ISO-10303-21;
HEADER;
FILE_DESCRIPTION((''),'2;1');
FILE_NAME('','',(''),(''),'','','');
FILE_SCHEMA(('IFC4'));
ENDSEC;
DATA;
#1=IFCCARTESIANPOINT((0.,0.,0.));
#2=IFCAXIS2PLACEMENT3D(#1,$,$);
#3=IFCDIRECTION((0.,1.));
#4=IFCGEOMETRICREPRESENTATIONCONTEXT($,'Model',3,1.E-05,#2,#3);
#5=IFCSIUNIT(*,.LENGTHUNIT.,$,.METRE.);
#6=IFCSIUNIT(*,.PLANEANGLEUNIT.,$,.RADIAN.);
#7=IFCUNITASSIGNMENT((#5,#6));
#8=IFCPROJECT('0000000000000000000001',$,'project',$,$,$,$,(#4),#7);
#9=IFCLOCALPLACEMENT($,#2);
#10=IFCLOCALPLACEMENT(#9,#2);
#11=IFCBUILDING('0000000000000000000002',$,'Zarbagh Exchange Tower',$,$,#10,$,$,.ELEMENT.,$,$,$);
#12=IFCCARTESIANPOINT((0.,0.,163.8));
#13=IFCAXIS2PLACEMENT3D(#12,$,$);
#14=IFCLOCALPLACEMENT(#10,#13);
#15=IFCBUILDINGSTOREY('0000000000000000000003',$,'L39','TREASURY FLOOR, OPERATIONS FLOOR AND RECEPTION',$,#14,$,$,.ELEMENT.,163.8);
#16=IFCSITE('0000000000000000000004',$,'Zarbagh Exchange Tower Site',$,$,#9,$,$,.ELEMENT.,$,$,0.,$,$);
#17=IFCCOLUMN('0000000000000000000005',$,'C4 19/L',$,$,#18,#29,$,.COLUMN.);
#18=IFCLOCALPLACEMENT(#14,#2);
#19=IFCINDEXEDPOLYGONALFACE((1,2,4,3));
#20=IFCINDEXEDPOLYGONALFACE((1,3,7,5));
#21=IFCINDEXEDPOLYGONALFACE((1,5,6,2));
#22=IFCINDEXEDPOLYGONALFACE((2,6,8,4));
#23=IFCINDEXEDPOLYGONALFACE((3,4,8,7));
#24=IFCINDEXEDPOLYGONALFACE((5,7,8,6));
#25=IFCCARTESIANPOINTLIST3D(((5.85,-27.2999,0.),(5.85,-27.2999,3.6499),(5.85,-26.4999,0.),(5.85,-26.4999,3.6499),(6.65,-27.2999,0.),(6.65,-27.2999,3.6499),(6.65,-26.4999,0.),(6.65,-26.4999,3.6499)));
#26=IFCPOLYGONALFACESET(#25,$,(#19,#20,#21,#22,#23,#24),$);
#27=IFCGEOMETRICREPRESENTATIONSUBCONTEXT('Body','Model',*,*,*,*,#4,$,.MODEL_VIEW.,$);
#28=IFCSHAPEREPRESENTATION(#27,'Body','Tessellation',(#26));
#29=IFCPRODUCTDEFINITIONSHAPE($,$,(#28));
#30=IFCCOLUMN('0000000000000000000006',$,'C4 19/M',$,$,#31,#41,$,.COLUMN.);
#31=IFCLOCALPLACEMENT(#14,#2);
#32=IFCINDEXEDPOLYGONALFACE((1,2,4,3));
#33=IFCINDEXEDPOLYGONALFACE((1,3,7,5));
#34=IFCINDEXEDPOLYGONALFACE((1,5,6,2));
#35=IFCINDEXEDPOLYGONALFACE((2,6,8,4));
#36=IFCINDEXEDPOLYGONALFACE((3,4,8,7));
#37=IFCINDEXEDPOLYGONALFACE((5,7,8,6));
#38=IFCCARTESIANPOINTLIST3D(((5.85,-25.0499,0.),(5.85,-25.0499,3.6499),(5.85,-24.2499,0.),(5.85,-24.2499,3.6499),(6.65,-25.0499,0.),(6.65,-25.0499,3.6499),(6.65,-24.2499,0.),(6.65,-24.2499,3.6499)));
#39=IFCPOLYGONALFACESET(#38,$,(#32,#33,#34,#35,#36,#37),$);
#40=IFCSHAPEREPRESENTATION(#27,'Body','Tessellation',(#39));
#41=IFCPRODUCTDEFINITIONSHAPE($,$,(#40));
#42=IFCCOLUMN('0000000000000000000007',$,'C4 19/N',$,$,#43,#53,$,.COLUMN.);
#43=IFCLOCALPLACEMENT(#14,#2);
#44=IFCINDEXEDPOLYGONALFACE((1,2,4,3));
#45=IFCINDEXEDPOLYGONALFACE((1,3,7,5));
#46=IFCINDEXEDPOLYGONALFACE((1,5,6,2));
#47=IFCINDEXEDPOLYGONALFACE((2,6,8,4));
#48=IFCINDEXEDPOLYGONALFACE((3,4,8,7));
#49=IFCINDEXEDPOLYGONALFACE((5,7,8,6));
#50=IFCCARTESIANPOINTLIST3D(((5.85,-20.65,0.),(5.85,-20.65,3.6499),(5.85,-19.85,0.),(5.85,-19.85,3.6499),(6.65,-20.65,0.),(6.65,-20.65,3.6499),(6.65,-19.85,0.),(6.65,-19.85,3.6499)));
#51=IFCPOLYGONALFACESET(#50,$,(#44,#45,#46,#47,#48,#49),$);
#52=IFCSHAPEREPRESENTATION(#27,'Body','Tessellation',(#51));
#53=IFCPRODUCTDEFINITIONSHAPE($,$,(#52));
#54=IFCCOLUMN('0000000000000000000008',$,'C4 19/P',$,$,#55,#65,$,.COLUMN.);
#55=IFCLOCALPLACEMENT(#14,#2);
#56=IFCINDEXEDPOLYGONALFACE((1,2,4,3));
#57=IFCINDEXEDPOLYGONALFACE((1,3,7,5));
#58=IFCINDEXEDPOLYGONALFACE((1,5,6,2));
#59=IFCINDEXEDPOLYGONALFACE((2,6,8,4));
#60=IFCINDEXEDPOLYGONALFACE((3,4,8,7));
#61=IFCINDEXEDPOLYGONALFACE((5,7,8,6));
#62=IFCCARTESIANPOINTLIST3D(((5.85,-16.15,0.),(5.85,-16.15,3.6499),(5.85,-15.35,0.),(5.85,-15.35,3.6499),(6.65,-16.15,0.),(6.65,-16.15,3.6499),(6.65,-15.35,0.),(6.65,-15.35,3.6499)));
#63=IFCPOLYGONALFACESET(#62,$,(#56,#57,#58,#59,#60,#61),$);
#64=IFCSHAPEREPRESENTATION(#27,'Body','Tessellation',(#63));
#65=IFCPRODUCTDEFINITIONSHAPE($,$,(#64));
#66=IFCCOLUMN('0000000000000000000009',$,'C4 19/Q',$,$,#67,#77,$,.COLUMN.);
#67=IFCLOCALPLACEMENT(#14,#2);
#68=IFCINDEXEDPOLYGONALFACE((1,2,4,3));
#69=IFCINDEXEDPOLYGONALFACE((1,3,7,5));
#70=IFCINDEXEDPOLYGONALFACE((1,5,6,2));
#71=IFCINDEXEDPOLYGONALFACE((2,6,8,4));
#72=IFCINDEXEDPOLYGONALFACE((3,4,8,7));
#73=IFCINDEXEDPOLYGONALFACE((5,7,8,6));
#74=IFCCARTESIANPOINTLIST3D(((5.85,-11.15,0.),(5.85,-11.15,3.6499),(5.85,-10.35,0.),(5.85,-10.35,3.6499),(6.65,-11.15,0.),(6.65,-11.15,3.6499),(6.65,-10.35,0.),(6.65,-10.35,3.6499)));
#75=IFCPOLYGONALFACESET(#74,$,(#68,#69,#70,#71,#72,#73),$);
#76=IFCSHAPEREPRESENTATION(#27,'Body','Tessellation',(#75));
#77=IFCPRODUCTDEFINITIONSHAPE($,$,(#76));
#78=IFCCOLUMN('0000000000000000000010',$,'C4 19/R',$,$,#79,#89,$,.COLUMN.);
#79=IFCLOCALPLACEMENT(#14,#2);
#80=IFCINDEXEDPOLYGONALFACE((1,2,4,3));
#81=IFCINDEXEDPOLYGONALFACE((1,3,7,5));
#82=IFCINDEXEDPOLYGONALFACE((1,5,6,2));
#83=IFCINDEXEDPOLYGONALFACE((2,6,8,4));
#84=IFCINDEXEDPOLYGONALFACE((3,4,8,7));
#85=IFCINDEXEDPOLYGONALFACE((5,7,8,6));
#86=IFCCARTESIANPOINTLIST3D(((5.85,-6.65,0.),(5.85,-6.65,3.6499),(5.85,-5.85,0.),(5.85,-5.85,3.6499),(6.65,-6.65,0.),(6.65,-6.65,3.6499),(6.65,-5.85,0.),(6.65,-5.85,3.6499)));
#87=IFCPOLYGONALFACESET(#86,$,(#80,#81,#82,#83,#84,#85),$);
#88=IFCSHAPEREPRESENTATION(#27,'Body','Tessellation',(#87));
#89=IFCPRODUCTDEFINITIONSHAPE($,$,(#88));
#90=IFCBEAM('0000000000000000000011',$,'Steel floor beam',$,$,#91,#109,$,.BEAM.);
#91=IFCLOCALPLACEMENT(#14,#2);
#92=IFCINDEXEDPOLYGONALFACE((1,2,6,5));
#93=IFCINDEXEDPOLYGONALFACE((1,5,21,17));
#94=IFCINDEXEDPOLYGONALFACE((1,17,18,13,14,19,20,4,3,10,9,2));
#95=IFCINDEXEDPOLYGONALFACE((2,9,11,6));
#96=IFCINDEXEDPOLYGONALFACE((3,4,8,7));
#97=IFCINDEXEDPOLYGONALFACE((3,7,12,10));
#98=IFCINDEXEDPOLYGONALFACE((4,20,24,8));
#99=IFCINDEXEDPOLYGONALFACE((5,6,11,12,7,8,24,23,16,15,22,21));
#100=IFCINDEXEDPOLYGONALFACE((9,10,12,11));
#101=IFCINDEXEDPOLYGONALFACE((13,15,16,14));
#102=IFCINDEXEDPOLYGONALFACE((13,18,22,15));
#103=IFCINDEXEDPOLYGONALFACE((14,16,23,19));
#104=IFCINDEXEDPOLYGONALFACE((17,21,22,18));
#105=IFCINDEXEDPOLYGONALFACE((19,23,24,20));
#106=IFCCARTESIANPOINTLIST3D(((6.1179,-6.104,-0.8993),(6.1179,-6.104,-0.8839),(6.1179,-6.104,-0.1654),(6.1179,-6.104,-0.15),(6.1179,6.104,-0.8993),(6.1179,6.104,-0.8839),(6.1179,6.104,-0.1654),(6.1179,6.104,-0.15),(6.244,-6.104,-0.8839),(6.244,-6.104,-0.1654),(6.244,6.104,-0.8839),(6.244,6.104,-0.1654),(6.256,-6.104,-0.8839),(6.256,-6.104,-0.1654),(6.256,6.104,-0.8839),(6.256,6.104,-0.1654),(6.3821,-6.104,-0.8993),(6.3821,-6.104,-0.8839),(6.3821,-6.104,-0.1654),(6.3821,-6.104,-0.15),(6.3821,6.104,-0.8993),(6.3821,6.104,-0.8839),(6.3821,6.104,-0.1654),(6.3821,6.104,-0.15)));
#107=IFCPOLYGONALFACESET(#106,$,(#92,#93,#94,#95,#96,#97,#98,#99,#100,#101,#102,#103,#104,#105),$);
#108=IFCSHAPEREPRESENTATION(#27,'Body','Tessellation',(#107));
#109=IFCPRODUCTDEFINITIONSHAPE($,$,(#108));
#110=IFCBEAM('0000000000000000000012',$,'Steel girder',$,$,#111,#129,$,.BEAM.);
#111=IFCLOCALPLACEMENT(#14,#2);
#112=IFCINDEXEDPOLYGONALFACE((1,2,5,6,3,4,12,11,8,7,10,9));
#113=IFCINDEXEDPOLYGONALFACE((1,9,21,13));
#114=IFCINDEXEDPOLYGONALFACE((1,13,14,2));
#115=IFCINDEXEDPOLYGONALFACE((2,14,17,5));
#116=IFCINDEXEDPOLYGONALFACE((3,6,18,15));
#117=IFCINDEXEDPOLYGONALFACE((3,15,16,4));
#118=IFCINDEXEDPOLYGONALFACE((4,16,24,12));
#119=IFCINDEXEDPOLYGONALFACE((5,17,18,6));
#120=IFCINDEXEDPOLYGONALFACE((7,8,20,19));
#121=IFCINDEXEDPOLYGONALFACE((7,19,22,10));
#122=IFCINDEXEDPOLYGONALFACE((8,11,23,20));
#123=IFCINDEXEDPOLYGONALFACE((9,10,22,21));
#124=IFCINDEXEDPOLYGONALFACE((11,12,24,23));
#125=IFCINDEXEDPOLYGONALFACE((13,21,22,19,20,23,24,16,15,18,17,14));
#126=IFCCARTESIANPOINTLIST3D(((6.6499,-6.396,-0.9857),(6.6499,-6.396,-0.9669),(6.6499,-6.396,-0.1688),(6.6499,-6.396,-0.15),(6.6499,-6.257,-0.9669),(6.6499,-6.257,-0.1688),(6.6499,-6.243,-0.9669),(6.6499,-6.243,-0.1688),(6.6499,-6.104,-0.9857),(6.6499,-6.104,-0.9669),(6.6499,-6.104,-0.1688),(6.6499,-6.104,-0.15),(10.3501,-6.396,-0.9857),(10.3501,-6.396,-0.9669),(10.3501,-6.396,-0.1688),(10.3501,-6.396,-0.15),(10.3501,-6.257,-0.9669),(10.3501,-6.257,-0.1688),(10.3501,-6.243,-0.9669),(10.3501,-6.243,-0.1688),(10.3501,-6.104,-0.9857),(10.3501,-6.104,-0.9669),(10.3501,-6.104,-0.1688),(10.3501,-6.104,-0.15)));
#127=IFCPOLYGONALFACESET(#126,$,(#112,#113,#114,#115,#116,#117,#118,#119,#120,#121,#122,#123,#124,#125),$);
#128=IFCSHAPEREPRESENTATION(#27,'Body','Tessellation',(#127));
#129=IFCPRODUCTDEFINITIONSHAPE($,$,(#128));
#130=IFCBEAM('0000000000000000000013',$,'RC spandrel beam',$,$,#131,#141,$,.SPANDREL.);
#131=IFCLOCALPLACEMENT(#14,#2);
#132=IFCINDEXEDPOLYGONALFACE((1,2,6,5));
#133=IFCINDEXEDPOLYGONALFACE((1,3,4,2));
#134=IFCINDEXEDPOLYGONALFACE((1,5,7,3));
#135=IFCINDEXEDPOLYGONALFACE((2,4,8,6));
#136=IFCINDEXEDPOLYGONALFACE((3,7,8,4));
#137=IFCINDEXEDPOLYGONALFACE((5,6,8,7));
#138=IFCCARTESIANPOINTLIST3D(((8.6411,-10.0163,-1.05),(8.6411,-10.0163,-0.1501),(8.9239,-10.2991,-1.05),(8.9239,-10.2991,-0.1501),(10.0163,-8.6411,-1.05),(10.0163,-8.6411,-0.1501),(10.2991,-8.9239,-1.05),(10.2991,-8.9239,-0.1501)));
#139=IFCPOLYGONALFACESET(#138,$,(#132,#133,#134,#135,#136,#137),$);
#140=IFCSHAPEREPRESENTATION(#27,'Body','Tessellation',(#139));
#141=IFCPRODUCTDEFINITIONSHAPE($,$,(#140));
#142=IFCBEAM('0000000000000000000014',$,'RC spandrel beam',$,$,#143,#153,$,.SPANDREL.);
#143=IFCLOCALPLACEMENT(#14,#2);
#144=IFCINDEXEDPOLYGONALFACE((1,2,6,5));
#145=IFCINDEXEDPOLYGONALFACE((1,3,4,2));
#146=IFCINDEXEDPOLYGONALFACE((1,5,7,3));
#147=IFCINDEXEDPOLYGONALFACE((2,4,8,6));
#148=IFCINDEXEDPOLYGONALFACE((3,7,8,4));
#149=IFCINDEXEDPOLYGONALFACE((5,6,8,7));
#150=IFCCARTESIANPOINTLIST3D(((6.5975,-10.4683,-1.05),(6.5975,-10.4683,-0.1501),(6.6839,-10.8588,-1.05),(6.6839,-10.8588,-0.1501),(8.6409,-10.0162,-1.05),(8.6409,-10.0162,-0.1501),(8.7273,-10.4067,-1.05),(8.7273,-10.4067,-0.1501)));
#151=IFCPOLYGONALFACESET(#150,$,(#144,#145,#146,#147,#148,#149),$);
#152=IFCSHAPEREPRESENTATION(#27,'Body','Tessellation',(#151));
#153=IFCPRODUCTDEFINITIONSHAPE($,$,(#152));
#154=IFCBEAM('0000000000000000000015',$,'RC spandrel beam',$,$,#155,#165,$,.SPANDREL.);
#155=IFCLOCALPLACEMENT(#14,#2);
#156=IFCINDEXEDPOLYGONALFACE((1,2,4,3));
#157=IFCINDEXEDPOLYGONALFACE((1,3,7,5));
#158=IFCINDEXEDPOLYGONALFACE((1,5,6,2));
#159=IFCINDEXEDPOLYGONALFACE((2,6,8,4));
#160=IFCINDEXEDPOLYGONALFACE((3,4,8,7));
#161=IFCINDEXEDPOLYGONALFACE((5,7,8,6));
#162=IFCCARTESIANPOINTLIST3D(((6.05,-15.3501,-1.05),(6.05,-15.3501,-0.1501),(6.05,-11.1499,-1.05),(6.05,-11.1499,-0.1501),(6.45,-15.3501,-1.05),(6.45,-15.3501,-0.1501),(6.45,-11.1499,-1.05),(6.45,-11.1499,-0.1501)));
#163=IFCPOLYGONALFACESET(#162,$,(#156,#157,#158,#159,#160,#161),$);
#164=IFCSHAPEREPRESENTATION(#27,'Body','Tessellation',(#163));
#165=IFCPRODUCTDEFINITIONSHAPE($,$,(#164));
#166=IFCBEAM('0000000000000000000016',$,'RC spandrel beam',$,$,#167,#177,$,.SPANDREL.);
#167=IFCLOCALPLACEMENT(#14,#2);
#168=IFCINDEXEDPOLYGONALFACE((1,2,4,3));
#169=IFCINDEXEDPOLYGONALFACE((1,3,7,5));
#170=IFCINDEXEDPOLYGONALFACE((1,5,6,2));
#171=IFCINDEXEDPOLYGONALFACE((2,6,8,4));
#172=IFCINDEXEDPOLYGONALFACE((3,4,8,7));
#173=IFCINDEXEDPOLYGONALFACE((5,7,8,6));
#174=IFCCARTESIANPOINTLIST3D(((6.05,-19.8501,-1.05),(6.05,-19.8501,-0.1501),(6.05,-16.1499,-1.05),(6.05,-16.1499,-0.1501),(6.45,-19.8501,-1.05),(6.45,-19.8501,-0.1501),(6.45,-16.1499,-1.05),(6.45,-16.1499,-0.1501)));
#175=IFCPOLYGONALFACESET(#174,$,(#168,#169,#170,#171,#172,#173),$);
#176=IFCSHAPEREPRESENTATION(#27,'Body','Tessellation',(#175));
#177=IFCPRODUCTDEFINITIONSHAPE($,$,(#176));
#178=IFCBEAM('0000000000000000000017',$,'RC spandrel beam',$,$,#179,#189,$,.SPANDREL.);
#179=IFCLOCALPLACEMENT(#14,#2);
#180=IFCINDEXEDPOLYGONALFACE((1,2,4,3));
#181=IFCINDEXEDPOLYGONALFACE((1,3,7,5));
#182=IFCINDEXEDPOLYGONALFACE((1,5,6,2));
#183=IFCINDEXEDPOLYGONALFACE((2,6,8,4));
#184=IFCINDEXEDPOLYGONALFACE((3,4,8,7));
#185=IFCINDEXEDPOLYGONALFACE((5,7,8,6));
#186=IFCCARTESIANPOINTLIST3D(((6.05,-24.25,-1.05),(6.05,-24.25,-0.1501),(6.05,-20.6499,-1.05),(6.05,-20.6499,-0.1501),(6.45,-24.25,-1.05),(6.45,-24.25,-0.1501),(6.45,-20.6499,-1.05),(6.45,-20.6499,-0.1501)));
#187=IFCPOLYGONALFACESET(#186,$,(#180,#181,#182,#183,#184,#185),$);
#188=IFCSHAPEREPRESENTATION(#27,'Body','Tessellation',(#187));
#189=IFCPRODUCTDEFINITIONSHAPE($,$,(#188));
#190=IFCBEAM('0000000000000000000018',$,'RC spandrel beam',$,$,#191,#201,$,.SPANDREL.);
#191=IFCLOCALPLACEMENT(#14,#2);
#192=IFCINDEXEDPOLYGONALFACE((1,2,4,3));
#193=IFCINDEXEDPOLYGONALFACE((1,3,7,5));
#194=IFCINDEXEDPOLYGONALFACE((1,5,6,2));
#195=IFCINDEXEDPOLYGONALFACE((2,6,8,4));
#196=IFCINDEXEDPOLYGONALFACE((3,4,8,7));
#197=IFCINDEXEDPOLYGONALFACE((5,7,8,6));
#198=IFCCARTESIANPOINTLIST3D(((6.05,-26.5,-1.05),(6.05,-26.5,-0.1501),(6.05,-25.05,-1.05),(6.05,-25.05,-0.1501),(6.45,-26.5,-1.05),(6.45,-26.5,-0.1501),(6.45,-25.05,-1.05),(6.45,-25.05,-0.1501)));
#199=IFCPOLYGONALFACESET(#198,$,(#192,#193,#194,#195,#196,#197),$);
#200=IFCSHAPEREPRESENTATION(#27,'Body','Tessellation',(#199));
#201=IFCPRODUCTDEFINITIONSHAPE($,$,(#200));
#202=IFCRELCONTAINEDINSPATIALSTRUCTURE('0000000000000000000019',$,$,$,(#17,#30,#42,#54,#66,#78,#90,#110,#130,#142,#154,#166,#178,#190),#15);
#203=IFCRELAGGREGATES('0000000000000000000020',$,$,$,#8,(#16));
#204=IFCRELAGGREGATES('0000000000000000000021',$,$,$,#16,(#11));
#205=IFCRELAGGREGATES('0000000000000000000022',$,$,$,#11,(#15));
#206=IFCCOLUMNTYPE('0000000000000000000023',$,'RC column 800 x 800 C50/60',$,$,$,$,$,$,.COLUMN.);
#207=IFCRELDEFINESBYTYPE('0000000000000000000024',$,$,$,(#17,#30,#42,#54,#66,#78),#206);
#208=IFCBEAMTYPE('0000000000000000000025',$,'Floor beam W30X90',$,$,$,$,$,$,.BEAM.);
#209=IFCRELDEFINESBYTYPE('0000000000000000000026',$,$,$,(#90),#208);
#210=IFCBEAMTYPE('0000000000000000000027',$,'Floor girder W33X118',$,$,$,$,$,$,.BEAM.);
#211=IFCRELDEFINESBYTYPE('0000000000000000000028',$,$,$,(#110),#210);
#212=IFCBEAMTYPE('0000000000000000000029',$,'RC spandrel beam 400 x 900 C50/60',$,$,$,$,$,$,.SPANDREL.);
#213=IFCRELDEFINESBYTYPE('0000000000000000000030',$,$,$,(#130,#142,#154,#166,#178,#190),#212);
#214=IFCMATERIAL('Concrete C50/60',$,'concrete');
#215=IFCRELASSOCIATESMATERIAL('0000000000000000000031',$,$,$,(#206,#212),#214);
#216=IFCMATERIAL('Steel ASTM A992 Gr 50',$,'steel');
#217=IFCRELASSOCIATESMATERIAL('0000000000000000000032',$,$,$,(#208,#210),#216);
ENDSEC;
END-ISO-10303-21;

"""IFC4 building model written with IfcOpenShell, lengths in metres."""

from ifc_helpers import new_model, si_unit, direction, frame, origin, origin_2d, place, context, subcontext, project, spatial, rectangle, i_section, extrude, material, material_profile, profile_set, type_object, element, save


model = new_model("IFC4")

# Units and contexts
model_context = context("Model", 3, precision=1e-05, world=origin(), true_north=direction((0.0, 1.0)))
body_context = subcontext(model_context, "Body", "Model", "MODEL_VIEW")
ifc_project = project(units=[si_unit("LENGTHUNIT", "METRE"), si_unit("PLANEANGLEUNIT", "RADIAN")], contexts=[model_context])

# Site, building, storey
site_placement = place(None, origin())
site = spatial("IfcSite", under=ifc_project, at=site_placement, Name="Zarbagh Exchange Tower Site", CompositionType="ELEMENT", RefElevation=0.0)
building_placement = place(site_placement, origin())
building = spatial("IfcBuilding", under=site, at=building_placement, Name="Zarbagh Exchange Tower", CompositionType="ELEMENT")
storey_placement = place(building_placement, frame((0.0, 0.0, 163.8)))
storey = spatial("IfcBuildingStorey", under=building, at=storey_placement, Name="L39", Description="TREASURY FLOOR, OPERATIONS FLOOR AND RECEPTION", CompositionType="ELEMENT", Elevation=163.8)

# Columns
ifc_material_1 = material(Name="Concrete C50/60", Category="concrete")
ifc_material_profile_1 = material_profile(ifc_material_1, rectangle(XDim=0.8, YDim=0.8, at=origin_2d()), Name="RC column 800 x 800 C50/60")
ifc_profile_set_1 = profile_set([ifc_material_profile_1], Name="Concrete C50/60")
column_type = type_object("IfcColumnType", Name="RC column 800 x 800 C50/60", PredefinedType="COLUMN", material=ifc_profile_set_1)
for number, where, z_axis, x_axis, name in (
    (1, (6.25, -26.8999, 0.0), (0.0, 0.0, 1.0), (1.0, 0.0, 0.0), "C4 19/L"),
    (2, (6.25, -24.6499, 0.0), (0.0, 0.0, 1.0), (1.0, 0.0, 0.0), "C4 19/M"),
    (3, (6.25, -20.25, 0.0), (0.0, 0.0, 1.0), (1.0, 0.0, 0.0), "C4 19/N"),
    (4, (6.25, -15.75, 0.0), (0.0, 0.0, 1.0), (1.0, 0.0, 0.0), "C4 19/P"),
    (5, (6.25, -10.75, 0.0), (0.0, 0.0, 1.0), (1.0, 0.0, 0.0), "C4 19/Q"),
    (6, (6.25, -6.25, 0.0), (0.0, 0.0, 1.0), (1.0, 0.0, 0.0), "C4 19/R"),
):
    element("IfcColumn", number, at=place(storey_placement, frame(where, z_axis=z_axis, x_axis=x_axis)), inside=storey, type_object=column_type, Name=name, PredefinedType="COLUMN", context=body_context, shape_type="SweptSolid", body=[
        extrude(rectangle(XDim=0.8, YDim=0.8, at=origin_2d()), origin(), (0.0, 0.0, 1.0), 3.6499),
    ])

# Beams
ifc_material_2 = material(Name="Steel ASTM A992 Gr 50", Category="steel")
ifc_material_profile_2 = material_profile(ifc_material_2, i_section(OverallWidth=0.2642, OverallDepth=0.7493, WebThickness=0.012, FlangeThickness=0.0154, at=origin_2d()), Name="W30X90")
ifc_profile_set_2 = profile_set([ifc_material_profile_2], Name="Steel ASTM A992 Gr 50")
beam_type_1 = type_object("IfcBeamType", Name="Floor beam W30X90", PredefinedType="BEAM", material=ifc_profile_set_2)
beam_1_placement = place(storey_placement, frame((6.25, -6.104, -0.5247), z_axis=(0.0, 1.0, 0.0), x_axis=(-1.0, 0.0, 0.0)))
element("IfcBeam", 7, at=beam_1_placement, inside=storey, type_object=beam_type_1, Name="Steel floor beam", PredefinedType="BEAM", context=body_context, shape_type="SweptSolid", body=[
    extrude(i_section(OverallWidth=0.2642, OverallDepth=0.7493, WebThickness=0.012, FlangeThickness=0.0154, at=origin_2d()), origin(), (0.0, 0.0, 1.0), 12.208),
])
ifc_material_profile_3 = material_profile(ifc_material_2, i_section(OverallWidth=0.292, OverallDepth=0.8357, WebThickness=0.0139, FlangeThickness=0.0188, at=origin_2d()), Name="W33X118")
ifc_profile_set_3 = profile_set([ifc_material_profile_3], Name="Steel ASTM A992 Gr 50")
beam_type_2 = type_object("IfcBeamType", Name="Floor girder W33X118", PredefinedType="BEAM", material=ifc_profile_set_3)
beam_2_placement = place(storey_placement, frame((6.6499, -6.25, -0.5679), z_axis=(1.0, 0.0, 0.0), x_axis=(0.0, 1.0, 0.0)))
element("IfcBeam", 8, at=beam_2_placement, inside=storey, type_object=beam_type_2, Name="Steel girder", PredefinedType="BEAM", context=body_context, shape_type="SweptSolid", body=[
    extrude(i_section(OverallWidth=0.292, OverallDepth=0.8357, WebThickness=0.0139, FlangeThickness=0.0188, at=origin_2d()), origin(), (0.0, 0.0, 1.0), 3.7002),
])
ifc_material_profile_4 = material_profile(ifc_material_1, rectangle(XDim=0.3999, YDim=0.8999, at=origin_2d()), Name="RC spandrel beam 400 x 900 C50/60")
ifc_profile_set_4 = profile_set([ifc_material_profile_4], Name="Concrete C50/60")
beam_type_3 = type_object("IfcBeamType", Name="RC spandrel beam 400 x 900 C50/60", PredefinedType="SPANDREL", material=ifc_profile_set_4)
beam_3_placement = place(storey_placement, frame((10.1577, -8.7825, -0.6001), z_axis=(-0.707107, -0.707107, 0.0), x_axis=(0.707107, -0.707107, 0.0)))
element("IfcBeam", 9, at=beam_3_placement, inside=storey, type_object=beam_type_3, Name="RC spandrel beam", PredefinedType="SPANDREL", context=body_context, shape_type="SweptSolid", body=[
    extrude(rectangle(XDim=0.3999, YDim=0.8999, at=origin_2d()), origin(), (0.0, 0.0, 1.0), 1.9448),
])
beam_4_placement = place(storey_placement, frame((8.6841, -10.2114, -0.6001), z_axis=(-0.976384, -0.216041, 0.0), x_axis=(0.216041, -0.976384, 0.0)))
element("IfcBeam", 10, at=beam_4_placement, inside=storey, type_object=beam_type_3, Name="RC spandrel beam", PredefinedType="SPANDREL", context=body_context, shape_type="SweptSolid", body=[
    extrude(rectangle(XDim=0.3999, YDim=0.8999, at=origin_2d()), origin(), (0.0, 0.0, 1.0), 2.0928),
])
beam_5_placement = place(storey_placement, frame((6.25, -11.1499, -0.6001), z_axis=(0.0, -1.0, 0.0), x_axis=(1.0, 0.0, 0.0)))
element("IfcBeam", 11, at=beam_5_placement, inside=storey, type_object=beam_type_3, Name="RC spandrel beam", PredefinedType="SPANDREL", context=body_context, shape_type="SweptSolid", body=[
    extrude(rectangle(XDim=0.3999, YDim=0.8999, at=origin_2d()), origin(), (0.0, 0.0, 1.0), 4.2002),
])
beam_6_placement = place(storey_placement, frame((6.25, -16.1499, -0.6001), z_axis=(0.0, -1.0, 0.0), x_axis=(1.0, 0.0, 0.0)))
element("IfcBeam", 12, at=beam_6_placement, inside=storey, type_object=beam_type_3, Name="RC spandrel beam", PredefinedType="SPANDREL", context=body_context, shape_type="SweptSolid", body=[
    extrude(rectangle(XDim=0.3999, YDim=0.8999, at=origin_2d()), origin(), (0.0, 0.0, 1.0), 3.7002),
])
beam_7_placement = place(storey_placement, frame((6.25, -20.6499, -0.6001), z_axis=(0.0, -1.0, 0.0), x_axis=(1.0, 0.0, 0.0)))
element("IfcBeam", 13, at=beam_7_placement, inside=storey, type_object=beam_type_3, Name="RC spandrel beam", PredefinedType="SPANDREL", context=body_context, shape_type="SweptSolid", body=[
    extrude(rectangle(XDim=0.3999, YDim=0.8999, at=origin_2d()), origin(), (0.0, 0.0, 1.0), 3.6001),
])
beam_8_placement = place(storey_placement, frame((6.25, -25.05, -0.6001), z_axis=(0.0, -1.0, 0.0), x_axis=(1.0, 0.0, 0.0)))
element("IfcBeam", 14, at=beam_8_placement, inside=storey, type_object=beam_type_3, Name="RC spandrel beam", PredefinedType="SPANDREL", context=body_context, shape_type="SweptSolid", body=[
    extrude(rectangle(XDim=0.3999, YDim=0.8999, at=origin_2d()), origin(), (0.0, 0.0, 1.0), 1.45),
])

save(model, "model.ifc")
